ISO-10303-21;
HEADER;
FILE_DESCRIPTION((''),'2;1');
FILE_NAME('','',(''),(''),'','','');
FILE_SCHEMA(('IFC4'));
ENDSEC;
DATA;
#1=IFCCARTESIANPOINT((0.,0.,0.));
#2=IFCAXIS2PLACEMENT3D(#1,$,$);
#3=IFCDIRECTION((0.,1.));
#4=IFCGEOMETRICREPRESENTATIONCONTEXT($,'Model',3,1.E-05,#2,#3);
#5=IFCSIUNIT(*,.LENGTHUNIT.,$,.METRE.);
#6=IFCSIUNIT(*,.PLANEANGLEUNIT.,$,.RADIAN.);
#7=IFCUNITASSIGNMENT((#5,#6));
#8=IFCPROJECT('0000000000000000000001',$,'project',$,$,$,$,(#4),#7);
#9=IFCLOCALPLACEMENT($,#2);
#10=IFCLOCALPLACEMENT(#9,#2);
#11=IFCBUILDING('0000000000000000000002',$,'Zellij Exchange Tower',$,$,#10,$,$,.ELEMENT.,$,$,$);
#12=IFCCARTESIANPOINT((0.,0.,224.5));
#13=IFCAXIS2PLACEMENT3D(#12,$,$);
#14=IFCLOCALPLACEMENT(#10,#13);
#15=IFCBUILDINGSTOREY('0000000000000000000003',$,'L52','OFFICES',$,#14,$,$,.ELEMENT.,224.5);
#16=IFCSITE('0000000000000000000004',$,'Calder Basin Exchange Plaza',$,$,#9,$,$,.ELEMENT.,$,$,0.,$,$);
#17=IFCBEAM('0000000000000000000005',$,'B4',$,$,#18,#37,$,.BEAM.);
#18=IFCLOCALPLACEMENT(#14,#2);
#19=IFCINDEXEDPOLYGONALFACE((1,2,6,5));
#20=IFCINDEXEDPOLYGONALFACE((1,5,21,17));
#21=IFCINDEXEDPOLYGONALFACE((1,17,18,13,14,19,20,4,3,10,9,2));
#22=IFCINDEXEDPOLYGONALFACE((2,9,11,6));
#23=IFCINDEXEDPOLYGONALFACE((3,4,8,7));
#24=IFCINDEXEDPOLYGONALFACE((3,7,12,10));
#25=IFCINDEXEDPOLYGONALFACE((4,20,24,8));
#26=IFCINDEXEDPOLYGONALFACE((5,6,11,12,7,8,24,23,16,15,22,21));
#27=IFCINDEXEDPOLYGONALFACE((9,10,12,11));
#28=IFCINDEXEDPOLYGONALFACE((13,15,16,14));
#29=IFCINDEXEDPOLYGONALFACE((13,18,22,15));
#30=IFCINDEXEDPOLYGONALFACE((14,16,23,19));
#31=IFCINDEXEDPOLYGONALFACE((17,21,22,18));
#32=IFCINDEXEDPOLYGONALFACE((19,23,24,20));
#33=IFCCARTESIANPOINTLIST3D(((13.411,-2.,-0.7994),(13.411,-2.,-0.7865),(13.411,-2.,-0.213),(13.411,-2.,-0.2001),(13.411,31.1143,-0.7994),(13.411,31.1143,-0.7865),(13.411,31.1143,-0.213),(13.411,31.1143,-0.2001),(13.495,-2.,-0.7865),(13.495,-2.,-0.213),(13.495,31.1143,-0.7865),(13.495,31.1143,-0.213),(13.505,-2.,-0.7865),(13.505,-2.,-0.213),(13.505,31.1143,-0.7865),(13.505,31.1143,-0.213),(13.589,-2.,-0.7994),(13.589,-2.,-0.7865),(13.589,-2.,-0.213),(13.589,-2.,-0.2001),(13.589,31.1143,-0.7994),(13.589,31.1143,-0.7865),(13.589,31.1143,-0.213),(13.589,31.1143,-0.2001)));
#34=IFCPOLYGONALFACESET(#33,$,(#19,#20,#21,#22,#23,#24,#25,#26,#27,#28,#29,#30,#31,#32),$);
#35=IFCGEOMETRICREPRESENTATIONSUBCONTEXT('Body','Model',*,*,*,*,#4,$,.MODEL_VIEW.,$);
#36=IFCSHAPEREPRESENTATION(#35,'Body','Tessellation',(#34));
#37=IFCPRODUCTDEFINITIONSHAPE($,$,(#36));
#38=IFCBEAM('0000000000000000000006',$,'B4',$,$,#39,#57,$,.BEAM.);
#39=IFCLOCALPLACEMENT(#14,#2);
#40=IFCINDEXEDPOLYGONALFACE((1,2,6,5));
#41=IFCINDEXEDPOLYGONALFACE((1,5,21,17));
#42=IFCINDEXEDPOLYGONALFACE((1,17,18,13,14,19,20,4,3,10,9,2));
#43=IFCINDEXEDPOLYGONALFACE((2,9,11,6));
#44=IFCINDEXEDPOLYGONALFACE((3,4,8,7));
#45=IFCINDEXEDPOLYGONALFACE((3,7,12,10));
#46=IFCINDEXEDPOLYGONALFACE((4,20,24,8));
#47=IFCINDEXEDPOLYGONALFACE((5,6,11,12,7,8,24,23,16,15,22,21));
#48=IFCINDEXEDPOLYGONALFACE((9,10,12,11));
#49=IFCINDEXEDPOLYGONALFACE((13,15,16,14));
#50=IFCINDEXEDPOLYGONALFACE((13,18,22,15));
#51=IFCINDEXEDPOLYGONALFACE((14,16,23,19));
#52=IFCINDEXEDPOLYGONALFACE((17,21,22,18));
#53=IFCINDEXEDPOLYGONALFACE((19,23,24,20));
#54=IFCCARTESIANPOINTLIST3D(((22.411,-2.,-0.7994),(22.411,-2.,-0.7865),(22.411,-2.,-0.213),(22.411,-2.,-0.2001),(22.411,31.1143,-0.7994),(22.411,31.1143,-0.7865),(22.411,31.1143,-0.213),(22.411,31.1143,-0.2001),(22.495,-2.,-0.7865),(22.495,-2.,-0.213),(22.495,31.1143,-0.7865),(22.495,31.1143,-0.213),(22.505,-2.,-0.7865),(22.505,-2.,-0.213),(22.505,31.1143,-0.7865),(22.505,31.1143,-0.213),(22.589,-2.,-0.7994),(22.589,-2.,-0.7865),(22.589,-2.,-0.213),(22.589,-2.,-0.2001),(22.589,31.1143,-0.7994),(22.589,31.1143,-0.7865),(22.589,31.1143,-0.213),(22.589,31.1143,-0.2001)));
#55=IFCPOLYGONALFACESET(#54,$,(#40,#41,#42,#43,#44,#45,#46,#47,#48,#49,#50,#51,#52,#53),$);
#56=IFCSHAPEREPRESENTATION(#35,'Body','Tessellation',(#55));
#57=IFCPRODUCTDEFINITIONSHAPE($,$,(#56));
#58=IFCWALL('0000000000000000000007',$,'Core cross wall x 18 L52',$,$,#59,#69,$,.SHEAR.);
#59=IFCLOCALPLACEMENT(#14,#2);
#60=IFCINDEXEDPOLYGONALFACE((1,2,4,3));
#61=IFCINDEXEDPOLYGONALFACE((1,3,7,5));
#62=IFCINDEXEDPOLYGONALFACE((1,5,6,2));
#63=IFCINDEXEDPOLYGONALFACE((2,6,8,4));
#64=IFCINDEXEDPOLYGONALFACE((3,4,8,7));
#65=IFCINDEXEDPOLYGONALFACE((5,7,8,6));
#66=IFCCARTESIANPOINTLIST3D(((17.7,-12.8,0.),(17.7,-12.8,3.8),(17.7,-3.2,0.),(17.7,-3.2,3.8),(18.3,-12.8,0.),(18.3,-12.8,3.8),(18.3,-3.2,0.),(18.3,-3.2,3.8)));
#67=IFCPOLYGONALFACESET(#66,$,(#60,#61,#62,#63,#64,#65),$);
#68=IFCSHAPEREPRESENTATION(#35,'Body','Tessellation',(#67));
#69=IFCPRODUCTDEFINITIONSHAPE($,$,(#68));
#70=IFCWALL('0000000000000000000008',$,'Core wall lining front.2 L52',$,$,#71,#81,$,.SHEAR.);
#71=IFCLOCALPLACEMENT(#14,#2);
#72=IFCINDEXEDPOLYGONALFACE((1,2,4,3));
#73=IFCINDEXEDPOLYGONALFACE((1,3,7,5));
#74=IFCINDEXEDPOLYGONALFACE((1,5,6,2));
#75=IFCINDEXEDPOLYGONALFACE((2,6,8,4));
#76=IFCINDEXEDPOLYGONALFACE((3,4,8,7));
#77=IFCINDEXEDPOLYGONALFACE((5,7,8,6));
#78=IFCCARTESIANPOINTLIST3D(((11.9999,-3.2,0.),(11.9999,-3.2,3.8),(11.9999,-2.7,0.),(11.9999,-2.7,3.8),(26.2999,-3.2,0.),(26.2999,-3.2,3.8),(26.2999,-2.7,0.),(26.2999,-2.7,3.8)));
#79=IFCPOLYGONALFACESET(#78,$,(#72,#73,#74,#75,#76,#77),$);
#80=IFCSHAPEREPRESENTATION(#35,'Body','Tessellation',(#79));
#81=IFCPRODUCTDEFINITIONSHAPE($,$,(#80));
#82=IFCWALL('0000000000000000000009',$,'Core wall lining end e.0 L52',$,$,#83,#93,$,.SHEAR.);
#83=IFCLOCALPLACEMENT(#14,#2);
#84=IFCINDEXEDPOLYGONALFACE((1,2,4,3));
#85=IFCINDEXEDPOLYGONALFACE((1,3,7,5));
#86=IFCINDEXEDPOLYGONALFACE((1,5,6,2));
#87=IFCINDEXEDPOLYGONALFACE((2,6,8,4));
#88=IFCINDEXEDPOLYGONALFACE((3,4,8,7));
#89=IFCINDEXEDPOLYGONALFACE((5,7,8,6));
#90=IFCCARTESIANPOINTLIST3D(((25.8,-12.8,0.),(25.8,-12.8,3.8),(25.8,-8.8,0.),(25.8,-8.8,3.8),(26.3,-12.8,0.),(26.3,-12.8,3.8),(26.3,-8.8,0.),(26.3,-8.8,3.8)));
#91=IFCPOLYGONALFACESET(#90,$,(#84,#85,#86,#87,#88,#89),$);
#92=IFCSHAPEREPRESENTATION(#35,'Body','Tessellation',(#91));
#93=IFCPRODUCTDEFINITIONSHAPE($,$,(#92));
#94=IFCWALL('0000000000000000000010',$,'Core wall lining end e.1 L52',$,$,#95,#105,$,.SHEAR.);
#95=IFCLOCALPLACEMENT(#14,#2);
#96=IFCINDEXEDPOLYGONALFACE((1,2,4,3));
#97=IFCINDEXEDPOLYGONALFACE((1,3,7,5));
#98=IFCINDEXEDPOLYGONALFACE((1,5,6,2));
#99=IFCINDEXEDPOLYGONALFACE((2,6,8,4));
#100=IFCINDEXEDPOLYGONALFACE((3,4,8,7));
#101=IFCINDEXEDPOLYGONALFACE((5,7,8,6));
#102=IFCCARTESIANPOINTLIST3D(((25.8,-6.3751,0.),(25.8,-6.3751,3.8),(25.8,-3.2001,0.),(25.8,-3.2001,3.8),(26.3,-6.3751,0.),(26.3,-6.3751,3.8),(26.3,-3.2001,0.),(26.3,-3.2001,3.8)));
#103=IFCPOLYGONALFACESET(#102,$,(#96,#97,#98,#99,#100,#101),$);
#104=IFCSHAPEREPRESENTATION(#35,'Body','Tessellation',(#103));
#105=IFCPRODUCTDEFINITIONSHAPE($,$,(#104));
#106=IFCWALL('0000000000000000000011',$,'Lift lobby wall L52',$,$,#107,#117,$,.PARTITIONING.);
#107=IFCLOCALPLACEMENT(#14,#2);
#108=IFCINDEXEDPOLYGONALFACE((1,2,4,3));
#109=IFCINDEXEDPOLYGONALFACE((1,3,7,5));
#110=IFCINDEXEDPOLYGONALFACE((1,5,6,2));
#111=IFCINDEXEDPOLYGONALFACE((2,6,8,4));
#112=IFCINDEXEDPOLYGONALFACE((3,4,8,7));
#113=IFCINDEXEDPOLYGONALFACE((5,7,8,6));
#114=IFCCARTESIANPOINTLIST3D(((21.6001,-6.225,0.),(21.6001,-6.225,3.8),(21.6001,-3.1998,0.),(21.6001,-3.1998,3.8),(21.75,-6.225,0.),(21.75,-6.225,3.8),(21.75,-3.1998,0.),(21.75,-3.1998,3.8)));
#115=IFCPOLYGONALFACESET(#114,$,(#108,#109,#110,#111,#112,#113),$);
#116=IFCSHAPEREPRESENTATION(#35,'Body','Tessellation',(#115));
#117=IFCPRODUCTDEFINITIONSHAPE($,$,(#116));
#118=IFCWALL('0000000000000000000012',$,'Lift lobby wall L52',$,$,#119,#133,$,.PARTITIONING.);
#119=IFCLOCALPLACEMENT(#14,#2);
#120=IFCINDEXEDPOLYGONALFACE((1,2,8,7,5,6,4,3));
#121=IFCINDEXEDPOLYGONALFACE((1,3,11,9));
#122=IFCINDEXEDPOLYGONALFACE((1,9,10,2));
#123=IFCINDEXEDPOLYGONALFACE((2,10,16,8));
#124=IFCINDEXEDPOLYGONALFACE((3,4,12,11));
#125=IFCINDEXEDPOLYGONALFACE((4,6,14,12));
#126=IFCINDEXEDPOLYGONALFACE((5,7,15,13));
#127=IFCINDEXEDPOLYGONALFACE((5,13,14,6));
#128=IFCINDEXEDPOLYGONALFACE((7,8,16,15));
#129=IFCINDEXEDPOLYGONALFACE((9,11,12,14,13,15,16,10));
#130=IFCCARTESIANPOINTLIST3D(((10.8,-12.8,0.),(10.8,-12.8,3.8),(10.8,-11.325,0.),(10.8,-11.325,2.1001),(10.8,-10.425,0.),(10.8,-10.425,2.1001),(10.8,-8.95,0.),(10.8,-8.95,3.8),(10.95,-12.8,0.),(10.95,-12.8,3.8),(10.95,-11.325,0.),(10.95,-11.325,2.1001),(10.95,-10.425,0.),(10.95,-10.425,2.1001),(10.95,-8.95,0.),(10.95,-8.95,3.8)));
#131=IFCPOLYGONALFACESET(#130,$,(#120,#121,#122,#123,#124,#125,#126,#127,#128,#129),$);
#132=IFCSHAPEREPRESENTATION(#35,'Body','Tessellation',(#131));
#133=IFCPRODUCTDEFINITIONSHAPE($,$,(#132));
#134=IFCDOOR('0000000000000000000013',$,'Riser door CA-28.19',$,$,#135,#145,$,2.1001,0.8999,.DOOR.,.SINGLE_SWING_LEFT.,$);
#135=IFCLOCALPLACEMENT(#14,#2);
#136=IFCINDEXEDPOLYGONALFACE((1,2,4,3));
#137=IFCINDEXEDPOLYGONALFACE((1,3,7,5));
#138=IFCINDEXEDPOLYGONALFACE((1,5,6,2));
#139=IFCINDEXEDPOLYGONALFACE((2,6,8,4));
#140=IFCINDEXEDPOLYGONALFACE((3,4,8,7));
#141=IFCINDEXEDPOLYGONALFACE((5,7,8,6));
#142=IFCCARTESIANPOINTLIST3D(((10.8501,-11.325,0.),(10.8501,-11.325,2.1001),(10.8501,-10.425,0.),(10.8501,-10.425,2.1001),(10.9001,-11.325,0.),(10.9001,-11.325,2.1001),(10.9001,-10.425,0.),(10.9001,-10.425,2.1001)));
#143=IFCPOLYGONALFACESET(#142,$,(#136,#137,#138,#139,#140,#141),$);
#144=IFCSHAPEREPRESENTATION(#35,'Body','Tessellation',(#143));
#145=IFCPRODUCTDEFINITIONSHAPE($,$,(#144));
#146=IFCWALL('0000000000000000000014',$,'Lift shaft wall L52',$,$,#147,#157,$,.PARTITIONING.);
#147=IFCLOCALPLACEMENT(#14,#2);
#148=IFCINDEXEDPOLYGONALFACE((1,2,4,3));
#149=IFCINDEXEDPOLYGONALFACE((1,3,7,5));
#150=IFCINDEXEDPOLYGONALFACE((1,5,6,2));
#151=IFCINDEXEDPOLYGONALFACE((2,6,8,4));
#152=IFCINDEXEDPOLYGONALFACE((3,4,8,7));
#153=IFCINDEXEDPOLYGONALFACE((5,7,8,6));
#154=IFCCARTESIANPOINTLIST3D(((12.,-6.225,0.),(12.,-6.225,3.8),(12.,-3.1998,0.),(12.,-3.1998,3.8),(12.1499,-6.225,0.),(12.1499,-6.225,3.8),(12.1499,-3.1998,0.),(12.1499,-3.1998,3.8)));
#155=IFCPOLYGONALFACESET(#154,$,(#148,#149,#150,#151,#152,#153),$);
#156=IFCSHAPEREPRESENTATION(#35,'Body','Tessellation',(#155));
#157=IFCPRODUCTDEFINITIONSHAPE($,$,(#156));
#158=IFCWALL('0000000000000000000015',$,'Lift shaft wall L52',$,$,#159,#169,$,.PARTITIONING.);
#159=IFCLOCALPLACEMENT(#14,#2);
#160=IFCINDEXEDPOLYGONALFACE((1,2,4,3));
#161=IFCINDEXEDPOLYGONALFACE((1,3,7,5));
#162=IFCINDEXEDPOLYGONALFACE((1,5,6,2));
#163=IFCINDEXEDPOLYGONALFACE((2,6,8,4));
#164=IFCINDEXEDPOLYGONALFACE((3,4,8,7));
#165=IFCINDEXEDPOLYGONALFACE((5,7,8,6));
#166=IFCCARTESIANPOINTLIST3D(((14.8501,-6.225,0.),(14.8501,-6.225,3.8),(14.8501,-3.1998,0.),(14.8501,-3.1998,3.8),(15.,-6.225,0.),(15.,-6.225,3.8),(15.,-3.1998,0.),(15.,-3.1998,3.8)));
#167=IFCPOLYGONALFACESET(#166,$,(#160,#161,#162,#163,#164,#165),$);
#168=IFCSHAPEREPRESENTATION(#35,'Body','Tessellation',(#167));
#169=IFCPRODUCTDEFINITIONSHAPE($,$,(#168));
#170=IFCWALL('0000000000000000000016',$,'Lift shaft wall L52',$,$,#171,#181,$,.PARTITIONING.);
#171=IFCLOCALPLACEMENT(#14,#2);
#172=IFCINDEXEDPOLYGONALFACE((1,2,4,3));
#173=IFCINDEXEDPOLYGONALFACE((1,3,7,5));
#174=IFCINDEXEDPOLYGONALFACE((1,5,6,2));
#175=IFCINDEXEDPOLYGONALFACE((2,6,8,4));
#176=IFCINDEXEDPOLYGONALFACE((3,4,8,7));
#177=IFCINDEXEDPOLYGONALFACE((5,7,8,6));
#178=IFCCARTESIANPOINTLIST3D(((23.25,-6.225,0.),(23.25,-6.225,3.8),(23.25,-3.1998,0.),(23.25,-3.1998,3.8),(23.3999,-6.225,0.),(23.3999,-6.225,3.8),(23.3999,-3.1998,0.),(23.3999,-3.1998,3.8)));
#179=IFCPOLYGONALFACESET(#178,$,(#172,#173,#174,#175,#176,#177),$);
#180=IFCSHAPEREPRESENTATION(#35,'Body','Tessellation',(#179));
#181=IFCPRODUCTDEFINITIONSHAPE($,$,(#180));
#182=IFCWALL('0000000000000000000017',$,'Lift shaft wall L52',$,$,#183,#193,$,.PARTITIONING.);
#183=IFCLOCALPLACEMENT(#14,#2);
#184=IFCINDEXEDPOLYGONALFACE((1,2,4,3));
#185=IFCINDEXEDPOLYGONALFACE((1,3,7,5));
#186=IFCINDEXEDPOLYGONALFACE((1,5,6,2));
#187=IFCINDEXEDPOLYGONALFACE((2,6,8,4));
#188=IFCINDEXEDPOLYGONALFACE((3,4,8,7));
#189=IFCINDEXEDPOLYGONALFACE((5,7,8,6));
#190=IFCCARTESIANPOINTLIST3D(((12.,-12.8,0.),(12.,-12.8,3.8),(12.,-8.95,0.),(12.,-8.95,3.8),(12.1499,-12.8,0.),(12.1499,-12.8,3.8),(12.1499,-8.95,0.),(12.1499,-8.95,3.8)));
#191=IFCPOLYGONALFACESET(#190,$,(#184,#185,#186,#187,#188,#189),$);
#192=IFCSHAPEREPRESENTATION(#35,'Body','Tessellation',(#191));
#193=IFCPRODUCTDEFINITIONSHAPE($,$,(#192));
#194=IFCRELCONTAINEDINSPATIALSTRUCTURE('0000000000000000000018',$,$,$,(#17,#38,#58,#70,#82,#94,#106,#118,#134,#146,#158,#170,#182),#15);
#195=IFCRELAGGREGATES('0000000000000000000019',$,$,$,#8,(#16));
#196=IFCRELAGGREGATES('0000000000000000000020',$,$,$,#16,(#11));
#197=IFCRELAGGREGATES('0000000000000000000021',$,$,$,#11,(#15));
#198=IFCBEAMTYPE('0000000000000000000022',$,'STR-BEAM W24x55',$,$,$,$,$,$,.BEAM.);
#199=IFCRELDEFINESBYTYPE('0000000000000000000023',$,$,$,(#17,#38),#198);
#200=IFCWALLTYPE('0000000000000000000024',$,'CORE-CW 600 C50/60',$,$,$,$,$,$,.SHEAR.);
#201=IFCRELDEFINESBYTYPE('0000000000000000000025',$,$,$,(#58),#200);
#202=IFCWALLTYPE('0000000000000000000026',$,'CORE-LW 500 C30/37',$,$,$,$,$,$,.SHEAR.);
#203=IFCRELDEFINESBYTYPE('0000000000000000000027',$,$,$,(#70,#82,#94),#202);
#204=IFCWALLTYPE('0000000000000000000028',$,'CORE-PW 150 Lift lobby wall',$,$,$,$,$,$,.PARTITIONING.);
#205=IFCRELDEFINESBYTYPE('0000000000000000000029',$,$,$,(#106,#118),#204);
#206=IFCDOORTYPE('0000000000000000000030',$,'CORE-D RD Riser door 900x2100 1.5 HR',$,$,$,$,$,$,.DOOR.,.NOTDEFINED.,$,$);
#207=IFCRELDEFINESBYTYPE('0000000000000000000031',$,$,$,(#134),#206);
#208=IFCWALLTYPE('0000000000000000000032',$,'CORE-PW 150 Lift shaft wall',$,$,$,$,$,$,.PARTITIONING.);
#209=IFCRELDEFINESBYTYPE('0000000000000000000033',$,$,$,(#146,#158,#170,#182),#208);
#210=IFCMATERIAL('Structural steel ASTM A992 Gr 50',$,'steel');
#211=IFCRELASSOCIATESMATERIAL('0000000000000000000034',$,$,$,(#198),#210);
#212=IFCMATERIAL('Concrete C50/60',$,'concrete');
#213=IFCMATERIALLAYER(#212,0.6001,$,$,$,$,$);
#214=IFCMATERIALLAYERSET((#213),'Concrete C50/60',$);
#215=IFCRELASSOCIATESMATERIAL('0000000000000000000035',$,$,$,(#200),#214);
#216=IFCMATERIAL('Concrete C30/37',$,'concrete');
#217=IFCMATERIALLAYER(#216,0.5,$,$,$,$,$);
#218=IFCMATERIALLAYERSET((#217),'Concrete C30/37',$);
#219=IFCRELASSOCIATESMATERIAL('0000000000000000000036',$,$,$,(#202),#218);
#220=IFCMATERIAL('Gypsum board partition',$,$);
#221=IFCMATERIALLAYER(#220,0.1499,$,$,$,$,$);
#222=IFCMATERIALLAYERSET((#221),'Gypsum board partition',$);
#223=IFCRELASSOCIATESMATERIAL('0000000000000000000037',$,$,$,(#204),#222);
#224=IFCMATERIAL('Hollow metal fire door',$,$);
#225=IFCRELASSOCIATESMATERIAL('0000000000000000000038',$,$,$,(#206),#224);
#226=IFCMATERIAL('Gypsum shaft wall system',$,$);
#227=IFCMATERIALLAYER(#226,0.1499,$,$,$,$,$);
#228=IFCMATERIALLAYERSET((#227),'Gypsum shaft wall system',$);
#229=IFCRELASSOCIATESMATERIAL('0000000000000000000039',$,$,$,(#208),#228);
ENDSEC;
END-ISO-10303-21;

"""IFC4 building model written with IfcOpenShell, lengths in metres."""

from ifc_helpers import new_model, si_unit, direction, frame, frame_2d, origin, origin_2d, place, context, subcontext, project, spatial, rectangle, i_section, extrude, material, layer, layer_set, material_profile, profile_set, type_object, element, fill, save


model = new_model("IFC4")

# Units and contexts
model_context = context("Model", 3, precision=1e-05, world=origin(), true_north=direction((0.0, 1.0)))
body_context = subcontext(model_context, "Body", "Model", "MODEL_VIEW")
ifc_project = project(units=[si_unit("LENGTHUNIT", "METRE"), si_unit("PLANEANGLEUNIT", "RADIAN")], contexts=[model_context])

# Site, building, storey
site_placement = place(None, origin())
site = spatial("IfcSite", under=ifc_project, at=site_placement, Name="Calder Basin Exchange Plaza", CompositionType="ELEMENT", RefElevation=0.0)
building_placement = place(site_placement, origin())
building = spatial("IfcBuilding", under=site, at=building_placement, Name="Zellij Exchange Tower", CompositionType="ELEMENT")
storey_placement = place(building_placement, frame((0.0, 0.0, 224.5)))
storey = spatial("IfcBuildingStorey", under=building, at=storey_placement, Name="L52", Description="OFFICES", CompositionType="ELEMENT", Elevation=224.5)

# Beams
ifc_material_1 = material(Name="Structural steel ASTM A992 Gr 50", Category="steel")
ifc_material_profile = material_profile(ifc_material_1, i_section(OverallWidth=0.178, OverallDepth=0.5994, WebThickness=0.01, FlangeThickness=0.0129, at=origin_2d()), Name="W24x55")
ifc_profile_set = profile_set([ifc_material_profile], Name="Structural steel ASTM A992 Gr 50")
beam_type = type_object("IfcBeamType", Name="STR-BEAM W24x55", PredefinedType="BEAM", material=ifc_profile_set)
for number, where, z_axis, x_axis, name in (
    (1, (13.5, -2.0, -0.4998), (0.0, 1.0, 0.0), (-1.0, 0.0, 0.0), "B4"),
    (2, (22.5, -2.0, -0.4998), (0.0, 1.0, 0.0), (-1.0, 0.0, 0.0), "B4"),
):
    element("IfcBeam", number, at=place(storey_placement, frame(where, z_axis=z_axis, x_axis=x_axis)), inside=storey, type_object=beam_type, Name=name, PredefinedType="BEAM", context=body_context, shape_type="SweptSolid", body=[
        extrude(i_section(OverallWidth=0.178, OverallDepth=0.5994, WebThickness=0.01, FlangeThickness=0.0129, at=origin_2d()), origin(), (0.0, 0.0, 1.0), 33.1143),
    ])

# Walls
ifc_material_2 = material(Name="Concrete C50/60", Category="concrete")
ifc_layer_1 = layer(ifc_material_2, 0.6001)
ifc_layer_set_1 = layer_set([ifc_layer_1], Name="Concrete C50/60")
wall_type_1 = type_object("IfcWallType", Name="CORE-CW 600 C50/60", PredefinedType="SHEAR", material=ifc_layer_set_1)
wall_1_placement = place(storey_placement, frame((18.0, -12.8, 0.0), z_axis=(0.0, 0.0, 1.0), x_axis=(0.0, 1.0, 0.0)))
element("IfcWall", 3, at=wall_1_placement, inside=storey, type_object=wall_type_1, Name="Core cross wall x 18 L52", PredefinedType="SHEAR", context=body_context, shape_type="SweptSolid", body=[
    extrude(rectangle(XDim=9.6001, YDim=0.6001, at=frame_2d((4.8, 0.0))), origin(), (0.0, 0.0, 1.0), 3.8),
])
ifc_material_3 = material(Name="Concrete C30/37", Category="concrete")
ifc_layer_2 = layer(ifc_material_3, 0.5)
ifc_layer_set_2 = layer_set([ifc_layer_2], Name="Concrete C30/37")
wall_type_2 = type_object("IfcWallType", Name="CORE-LW 500 C30/37", PredefinedType="SHEAR", material=ifc_layer_set_2)
wall_2_placement = place(storey_placement, frame((12.0, -2.95, 0.0), z_axis=(0.0, 0.0, 1.0), x_axis=(1.0, 0.0, 0.0)))
element("IfcWall", 4, at=wall_2_placement, inside=storey, type_object=wall_type_2, Name="Core wall lining front.2 L52", PredefinedType="SHEAR", context=body_context, shape_type="SweptSolid", body=[
    extrude(rectangle(XDim=14.3, YDim=0.5, at=frame_2d((7.1499, 0.0))), origin(), (0.0, 0.0, 1.0), 3.8),
])
wall_3_placement = place(storey_placement, frame((26.05, -12.8, 0.0), z_axis=(0.0, 0.0, 1.0), x_axis=(0.0, 1.0, 0.0)))
element("IfcWall", 5, at=wall_3_placement, inside=storey, type_object=wall_type_2, Name="Core wall lining end e.0 L52", PredefinedType="SHEAR", context=body_context, shape_type="SweptSolid", body=[
    extrude(rectangle(XDim=4.0, YDim=0.5, at=frame_2d((2.0, 0.0))), origin(), (0.0, 0.0, 1.0), 3.8),
])
wall_4_placement = place(storey_placement, frame((26.05, -6.375, 0.0), z_axis=(0.0, 0.0, 1.0), x_axis=(0.0, 1.0, 0.0)))
element("IfcWall", 6, at=wall_4_placement, inside=storey, type_object=wall_type_2, Name="Core wall lining end e.1 L52", PredefinedType="SHEAR", context=body_context, shape_type="SweptSolid", body=[
    extrude(rectangle(XDim=3.175, YDim=0.5, at=frame_2d((1.5874, 0.0))), origin(), (0.0, 0.0, 1.0), 3.8),
])
ifc_material_4 = material(Name="Gypsum board partition")
ifc_layer_3 = layer(ifc_material_4, 0.1499)
ifc_layer_set_3 = layer_set([ifc_layer_3], Name="Gypsum board partition")
wall_type_3 = type_object("IfcWallType", Name="CORE-PW 150 Lift lobby wall", PredefinedType="PARTITIONING", material=ifc_layer_set_3)
wall_5_placement = place(storey_placement, frame((21.675, -6.2251, 0.0), z_axis=(0.0, 0.0, 1.0), x_axis=(0.0, 1.0, 0.0)))
element("IfcWall", 7, at=wall_5_placement, inside=storey, type_object=wall_type_3, Name="Lift lobby wall L52", PredefinedType="PARTITIONING", context=body_context, shape_type="SweptSolid", body=[
    extrude(rectangle(XDim=3.0251, YDim=0.1499, at=frame_2d((1.5127, 0.0))), origin(), (0.0, 0.0, 1.0), 3.8),
])

# Wall, opening, door
wall_6_placement = place(storey_placement, frame((10.875, -12.8, 0.0), z_axis=(0.0, 0.0, 1.0), x_axis=(0.0, 1.0, 0.0)))
wall_6 = element("IfcWall", 8, at=wall_6_placement, inside=storey, type_object=wall_type_3, Name="Lift lobby wall L52", PredefinedType="PARTITIONING", context=body_context, shape_type="SweptSolid", body=[
    extrude(rectangle(XDim=3.8501, YDim=0.1499, at=frame_2d((1.925, 0.0))), origin(), (0.0, 0.0, 1.0), 3.8),
])
opening_1_placement = place(wall_6_placement, frame((1.4751, 0.0, 0.0)))
opening_1 = element("IfcOpeningElement", 9, at=opening_1_placement, cuts=wall_6, PredefinedType="OPENING", context=body_context, shape_type="SweptSolid", body=[
    extrude(rectangle(XDim=0.8999, YDim=2.1001, at=frame_2d((0.45, 1.05))), frame((0.0, 0.0869, 0.0), z_axis=(0.0, -1.0, 0.0), x_axis=(1.0, 0.0, 0.0)), (0.0, 0.0, 1.0), 0.1738),
])
ifc_material_5 = material(Name="Hollow metal fire door")
door_type_1 = type_object("IfcDoorType", Name="CORE-D RD Riser door 900x2100 1.5 HR", OperationType="NOTDEFINED", PredefinedType="DOOR", material=ifc_material_5)
door_1_placement = place(opening_1_placement, origin())
door_1 = element("IfcDoor", 10, at=door_1_placement, inside=storey, type_object=door_type_1, Name="Riser door CA-28.19", OperationType="SINGLE_SWING_LEFT", OverallHeight=2.1001, OverallWidth=0.8999, PredefinedType="DOOR", context=body_context, shape_type="SweptSolid", body=[
    extrude(rectangle(XDim=0.8999, YDim=2.1001, at=frame_2d((0.45, 1.05))), frame((0.0, 0.0249, 0.0), z_axis=(0.0, -1.0, 0.0), x_axis=(1.0, 0.0, 0.0)), (0.0, 0.0, 1.0), 0.05),
])
fill(opening_1, door_1)

# Walls
ifc_material_6 = material(Name="Gypsum shaft wall system")
ifc_layer_4 = layer(ifc_material_6, 0.1499)
ifc_layer_set_4 = layer_set([ifc_layer_4], Name="Gypsum shaft wall system")
wall_type_4 = type_object("IfcWallType", Name="CORE-PW 150 Lift shaft wall", PredefinedType="PARTITIONING", material=ifc_layer_set_4)
for number, where, z_axis, x_axis, name in (
    (11, (12.075, -6.2251, 0.0), (0.0, 0.0, 1.0), (0.0, 1.0, 0.0), "Lift shaft wall L52"),
    (12, (14.925, -6.2251, 0.0), (0.0, 0.0, 1.0), (0.0, 1.0, 0.0), "Lift shaft wall L52"),
    (13, (23.325, -6.2251, 0.0), (0.0, 0.0, 1.0), (0.0, 1.0, 0.0), "Lift shaft wall L52"),
):
    element("IfcWall", number, at=place(storey_placement, frame(where, z_axis=z_axis, x_axis=x_axis)), inside=storey, type_object=wall_type_4, Name=name, PredefinedType="PARTITIONING", context=body_context, shape_type="SweptSolid", body=[
        extrude(rectangle(XDim=3.0251, YDim=0.1499, at=frame_2d((1.5127, 0.0))), origin(), (0.0, 0.0, 1.0), 3.8),
    ])
for number, where, z_axis, x_axis, name in (
    (14, (12.075, -12.8, 0.0), (0.0, 0.0, 1.0), (0.0, 1.0, 0.0), "Lift shaft wall L52"),
):
    element("IfcWall", number, at=place(storey_placement, frame(where, z_axis=z_axis, x_axis=x_axis)), inside=storey, type_object=wall_type_4, Name=name, PredefinedType="PARTITIONING", context=body_context, shape_type="SweptSolid", body=[
        extrude(rectangle(XDim=3.8501, YDim=0.1499, at=frame_2d((1.925, 0.0))), origin(), (0.0, 0.0, 1.0), 3.8),
    ])

save(model, "model.ifc")
